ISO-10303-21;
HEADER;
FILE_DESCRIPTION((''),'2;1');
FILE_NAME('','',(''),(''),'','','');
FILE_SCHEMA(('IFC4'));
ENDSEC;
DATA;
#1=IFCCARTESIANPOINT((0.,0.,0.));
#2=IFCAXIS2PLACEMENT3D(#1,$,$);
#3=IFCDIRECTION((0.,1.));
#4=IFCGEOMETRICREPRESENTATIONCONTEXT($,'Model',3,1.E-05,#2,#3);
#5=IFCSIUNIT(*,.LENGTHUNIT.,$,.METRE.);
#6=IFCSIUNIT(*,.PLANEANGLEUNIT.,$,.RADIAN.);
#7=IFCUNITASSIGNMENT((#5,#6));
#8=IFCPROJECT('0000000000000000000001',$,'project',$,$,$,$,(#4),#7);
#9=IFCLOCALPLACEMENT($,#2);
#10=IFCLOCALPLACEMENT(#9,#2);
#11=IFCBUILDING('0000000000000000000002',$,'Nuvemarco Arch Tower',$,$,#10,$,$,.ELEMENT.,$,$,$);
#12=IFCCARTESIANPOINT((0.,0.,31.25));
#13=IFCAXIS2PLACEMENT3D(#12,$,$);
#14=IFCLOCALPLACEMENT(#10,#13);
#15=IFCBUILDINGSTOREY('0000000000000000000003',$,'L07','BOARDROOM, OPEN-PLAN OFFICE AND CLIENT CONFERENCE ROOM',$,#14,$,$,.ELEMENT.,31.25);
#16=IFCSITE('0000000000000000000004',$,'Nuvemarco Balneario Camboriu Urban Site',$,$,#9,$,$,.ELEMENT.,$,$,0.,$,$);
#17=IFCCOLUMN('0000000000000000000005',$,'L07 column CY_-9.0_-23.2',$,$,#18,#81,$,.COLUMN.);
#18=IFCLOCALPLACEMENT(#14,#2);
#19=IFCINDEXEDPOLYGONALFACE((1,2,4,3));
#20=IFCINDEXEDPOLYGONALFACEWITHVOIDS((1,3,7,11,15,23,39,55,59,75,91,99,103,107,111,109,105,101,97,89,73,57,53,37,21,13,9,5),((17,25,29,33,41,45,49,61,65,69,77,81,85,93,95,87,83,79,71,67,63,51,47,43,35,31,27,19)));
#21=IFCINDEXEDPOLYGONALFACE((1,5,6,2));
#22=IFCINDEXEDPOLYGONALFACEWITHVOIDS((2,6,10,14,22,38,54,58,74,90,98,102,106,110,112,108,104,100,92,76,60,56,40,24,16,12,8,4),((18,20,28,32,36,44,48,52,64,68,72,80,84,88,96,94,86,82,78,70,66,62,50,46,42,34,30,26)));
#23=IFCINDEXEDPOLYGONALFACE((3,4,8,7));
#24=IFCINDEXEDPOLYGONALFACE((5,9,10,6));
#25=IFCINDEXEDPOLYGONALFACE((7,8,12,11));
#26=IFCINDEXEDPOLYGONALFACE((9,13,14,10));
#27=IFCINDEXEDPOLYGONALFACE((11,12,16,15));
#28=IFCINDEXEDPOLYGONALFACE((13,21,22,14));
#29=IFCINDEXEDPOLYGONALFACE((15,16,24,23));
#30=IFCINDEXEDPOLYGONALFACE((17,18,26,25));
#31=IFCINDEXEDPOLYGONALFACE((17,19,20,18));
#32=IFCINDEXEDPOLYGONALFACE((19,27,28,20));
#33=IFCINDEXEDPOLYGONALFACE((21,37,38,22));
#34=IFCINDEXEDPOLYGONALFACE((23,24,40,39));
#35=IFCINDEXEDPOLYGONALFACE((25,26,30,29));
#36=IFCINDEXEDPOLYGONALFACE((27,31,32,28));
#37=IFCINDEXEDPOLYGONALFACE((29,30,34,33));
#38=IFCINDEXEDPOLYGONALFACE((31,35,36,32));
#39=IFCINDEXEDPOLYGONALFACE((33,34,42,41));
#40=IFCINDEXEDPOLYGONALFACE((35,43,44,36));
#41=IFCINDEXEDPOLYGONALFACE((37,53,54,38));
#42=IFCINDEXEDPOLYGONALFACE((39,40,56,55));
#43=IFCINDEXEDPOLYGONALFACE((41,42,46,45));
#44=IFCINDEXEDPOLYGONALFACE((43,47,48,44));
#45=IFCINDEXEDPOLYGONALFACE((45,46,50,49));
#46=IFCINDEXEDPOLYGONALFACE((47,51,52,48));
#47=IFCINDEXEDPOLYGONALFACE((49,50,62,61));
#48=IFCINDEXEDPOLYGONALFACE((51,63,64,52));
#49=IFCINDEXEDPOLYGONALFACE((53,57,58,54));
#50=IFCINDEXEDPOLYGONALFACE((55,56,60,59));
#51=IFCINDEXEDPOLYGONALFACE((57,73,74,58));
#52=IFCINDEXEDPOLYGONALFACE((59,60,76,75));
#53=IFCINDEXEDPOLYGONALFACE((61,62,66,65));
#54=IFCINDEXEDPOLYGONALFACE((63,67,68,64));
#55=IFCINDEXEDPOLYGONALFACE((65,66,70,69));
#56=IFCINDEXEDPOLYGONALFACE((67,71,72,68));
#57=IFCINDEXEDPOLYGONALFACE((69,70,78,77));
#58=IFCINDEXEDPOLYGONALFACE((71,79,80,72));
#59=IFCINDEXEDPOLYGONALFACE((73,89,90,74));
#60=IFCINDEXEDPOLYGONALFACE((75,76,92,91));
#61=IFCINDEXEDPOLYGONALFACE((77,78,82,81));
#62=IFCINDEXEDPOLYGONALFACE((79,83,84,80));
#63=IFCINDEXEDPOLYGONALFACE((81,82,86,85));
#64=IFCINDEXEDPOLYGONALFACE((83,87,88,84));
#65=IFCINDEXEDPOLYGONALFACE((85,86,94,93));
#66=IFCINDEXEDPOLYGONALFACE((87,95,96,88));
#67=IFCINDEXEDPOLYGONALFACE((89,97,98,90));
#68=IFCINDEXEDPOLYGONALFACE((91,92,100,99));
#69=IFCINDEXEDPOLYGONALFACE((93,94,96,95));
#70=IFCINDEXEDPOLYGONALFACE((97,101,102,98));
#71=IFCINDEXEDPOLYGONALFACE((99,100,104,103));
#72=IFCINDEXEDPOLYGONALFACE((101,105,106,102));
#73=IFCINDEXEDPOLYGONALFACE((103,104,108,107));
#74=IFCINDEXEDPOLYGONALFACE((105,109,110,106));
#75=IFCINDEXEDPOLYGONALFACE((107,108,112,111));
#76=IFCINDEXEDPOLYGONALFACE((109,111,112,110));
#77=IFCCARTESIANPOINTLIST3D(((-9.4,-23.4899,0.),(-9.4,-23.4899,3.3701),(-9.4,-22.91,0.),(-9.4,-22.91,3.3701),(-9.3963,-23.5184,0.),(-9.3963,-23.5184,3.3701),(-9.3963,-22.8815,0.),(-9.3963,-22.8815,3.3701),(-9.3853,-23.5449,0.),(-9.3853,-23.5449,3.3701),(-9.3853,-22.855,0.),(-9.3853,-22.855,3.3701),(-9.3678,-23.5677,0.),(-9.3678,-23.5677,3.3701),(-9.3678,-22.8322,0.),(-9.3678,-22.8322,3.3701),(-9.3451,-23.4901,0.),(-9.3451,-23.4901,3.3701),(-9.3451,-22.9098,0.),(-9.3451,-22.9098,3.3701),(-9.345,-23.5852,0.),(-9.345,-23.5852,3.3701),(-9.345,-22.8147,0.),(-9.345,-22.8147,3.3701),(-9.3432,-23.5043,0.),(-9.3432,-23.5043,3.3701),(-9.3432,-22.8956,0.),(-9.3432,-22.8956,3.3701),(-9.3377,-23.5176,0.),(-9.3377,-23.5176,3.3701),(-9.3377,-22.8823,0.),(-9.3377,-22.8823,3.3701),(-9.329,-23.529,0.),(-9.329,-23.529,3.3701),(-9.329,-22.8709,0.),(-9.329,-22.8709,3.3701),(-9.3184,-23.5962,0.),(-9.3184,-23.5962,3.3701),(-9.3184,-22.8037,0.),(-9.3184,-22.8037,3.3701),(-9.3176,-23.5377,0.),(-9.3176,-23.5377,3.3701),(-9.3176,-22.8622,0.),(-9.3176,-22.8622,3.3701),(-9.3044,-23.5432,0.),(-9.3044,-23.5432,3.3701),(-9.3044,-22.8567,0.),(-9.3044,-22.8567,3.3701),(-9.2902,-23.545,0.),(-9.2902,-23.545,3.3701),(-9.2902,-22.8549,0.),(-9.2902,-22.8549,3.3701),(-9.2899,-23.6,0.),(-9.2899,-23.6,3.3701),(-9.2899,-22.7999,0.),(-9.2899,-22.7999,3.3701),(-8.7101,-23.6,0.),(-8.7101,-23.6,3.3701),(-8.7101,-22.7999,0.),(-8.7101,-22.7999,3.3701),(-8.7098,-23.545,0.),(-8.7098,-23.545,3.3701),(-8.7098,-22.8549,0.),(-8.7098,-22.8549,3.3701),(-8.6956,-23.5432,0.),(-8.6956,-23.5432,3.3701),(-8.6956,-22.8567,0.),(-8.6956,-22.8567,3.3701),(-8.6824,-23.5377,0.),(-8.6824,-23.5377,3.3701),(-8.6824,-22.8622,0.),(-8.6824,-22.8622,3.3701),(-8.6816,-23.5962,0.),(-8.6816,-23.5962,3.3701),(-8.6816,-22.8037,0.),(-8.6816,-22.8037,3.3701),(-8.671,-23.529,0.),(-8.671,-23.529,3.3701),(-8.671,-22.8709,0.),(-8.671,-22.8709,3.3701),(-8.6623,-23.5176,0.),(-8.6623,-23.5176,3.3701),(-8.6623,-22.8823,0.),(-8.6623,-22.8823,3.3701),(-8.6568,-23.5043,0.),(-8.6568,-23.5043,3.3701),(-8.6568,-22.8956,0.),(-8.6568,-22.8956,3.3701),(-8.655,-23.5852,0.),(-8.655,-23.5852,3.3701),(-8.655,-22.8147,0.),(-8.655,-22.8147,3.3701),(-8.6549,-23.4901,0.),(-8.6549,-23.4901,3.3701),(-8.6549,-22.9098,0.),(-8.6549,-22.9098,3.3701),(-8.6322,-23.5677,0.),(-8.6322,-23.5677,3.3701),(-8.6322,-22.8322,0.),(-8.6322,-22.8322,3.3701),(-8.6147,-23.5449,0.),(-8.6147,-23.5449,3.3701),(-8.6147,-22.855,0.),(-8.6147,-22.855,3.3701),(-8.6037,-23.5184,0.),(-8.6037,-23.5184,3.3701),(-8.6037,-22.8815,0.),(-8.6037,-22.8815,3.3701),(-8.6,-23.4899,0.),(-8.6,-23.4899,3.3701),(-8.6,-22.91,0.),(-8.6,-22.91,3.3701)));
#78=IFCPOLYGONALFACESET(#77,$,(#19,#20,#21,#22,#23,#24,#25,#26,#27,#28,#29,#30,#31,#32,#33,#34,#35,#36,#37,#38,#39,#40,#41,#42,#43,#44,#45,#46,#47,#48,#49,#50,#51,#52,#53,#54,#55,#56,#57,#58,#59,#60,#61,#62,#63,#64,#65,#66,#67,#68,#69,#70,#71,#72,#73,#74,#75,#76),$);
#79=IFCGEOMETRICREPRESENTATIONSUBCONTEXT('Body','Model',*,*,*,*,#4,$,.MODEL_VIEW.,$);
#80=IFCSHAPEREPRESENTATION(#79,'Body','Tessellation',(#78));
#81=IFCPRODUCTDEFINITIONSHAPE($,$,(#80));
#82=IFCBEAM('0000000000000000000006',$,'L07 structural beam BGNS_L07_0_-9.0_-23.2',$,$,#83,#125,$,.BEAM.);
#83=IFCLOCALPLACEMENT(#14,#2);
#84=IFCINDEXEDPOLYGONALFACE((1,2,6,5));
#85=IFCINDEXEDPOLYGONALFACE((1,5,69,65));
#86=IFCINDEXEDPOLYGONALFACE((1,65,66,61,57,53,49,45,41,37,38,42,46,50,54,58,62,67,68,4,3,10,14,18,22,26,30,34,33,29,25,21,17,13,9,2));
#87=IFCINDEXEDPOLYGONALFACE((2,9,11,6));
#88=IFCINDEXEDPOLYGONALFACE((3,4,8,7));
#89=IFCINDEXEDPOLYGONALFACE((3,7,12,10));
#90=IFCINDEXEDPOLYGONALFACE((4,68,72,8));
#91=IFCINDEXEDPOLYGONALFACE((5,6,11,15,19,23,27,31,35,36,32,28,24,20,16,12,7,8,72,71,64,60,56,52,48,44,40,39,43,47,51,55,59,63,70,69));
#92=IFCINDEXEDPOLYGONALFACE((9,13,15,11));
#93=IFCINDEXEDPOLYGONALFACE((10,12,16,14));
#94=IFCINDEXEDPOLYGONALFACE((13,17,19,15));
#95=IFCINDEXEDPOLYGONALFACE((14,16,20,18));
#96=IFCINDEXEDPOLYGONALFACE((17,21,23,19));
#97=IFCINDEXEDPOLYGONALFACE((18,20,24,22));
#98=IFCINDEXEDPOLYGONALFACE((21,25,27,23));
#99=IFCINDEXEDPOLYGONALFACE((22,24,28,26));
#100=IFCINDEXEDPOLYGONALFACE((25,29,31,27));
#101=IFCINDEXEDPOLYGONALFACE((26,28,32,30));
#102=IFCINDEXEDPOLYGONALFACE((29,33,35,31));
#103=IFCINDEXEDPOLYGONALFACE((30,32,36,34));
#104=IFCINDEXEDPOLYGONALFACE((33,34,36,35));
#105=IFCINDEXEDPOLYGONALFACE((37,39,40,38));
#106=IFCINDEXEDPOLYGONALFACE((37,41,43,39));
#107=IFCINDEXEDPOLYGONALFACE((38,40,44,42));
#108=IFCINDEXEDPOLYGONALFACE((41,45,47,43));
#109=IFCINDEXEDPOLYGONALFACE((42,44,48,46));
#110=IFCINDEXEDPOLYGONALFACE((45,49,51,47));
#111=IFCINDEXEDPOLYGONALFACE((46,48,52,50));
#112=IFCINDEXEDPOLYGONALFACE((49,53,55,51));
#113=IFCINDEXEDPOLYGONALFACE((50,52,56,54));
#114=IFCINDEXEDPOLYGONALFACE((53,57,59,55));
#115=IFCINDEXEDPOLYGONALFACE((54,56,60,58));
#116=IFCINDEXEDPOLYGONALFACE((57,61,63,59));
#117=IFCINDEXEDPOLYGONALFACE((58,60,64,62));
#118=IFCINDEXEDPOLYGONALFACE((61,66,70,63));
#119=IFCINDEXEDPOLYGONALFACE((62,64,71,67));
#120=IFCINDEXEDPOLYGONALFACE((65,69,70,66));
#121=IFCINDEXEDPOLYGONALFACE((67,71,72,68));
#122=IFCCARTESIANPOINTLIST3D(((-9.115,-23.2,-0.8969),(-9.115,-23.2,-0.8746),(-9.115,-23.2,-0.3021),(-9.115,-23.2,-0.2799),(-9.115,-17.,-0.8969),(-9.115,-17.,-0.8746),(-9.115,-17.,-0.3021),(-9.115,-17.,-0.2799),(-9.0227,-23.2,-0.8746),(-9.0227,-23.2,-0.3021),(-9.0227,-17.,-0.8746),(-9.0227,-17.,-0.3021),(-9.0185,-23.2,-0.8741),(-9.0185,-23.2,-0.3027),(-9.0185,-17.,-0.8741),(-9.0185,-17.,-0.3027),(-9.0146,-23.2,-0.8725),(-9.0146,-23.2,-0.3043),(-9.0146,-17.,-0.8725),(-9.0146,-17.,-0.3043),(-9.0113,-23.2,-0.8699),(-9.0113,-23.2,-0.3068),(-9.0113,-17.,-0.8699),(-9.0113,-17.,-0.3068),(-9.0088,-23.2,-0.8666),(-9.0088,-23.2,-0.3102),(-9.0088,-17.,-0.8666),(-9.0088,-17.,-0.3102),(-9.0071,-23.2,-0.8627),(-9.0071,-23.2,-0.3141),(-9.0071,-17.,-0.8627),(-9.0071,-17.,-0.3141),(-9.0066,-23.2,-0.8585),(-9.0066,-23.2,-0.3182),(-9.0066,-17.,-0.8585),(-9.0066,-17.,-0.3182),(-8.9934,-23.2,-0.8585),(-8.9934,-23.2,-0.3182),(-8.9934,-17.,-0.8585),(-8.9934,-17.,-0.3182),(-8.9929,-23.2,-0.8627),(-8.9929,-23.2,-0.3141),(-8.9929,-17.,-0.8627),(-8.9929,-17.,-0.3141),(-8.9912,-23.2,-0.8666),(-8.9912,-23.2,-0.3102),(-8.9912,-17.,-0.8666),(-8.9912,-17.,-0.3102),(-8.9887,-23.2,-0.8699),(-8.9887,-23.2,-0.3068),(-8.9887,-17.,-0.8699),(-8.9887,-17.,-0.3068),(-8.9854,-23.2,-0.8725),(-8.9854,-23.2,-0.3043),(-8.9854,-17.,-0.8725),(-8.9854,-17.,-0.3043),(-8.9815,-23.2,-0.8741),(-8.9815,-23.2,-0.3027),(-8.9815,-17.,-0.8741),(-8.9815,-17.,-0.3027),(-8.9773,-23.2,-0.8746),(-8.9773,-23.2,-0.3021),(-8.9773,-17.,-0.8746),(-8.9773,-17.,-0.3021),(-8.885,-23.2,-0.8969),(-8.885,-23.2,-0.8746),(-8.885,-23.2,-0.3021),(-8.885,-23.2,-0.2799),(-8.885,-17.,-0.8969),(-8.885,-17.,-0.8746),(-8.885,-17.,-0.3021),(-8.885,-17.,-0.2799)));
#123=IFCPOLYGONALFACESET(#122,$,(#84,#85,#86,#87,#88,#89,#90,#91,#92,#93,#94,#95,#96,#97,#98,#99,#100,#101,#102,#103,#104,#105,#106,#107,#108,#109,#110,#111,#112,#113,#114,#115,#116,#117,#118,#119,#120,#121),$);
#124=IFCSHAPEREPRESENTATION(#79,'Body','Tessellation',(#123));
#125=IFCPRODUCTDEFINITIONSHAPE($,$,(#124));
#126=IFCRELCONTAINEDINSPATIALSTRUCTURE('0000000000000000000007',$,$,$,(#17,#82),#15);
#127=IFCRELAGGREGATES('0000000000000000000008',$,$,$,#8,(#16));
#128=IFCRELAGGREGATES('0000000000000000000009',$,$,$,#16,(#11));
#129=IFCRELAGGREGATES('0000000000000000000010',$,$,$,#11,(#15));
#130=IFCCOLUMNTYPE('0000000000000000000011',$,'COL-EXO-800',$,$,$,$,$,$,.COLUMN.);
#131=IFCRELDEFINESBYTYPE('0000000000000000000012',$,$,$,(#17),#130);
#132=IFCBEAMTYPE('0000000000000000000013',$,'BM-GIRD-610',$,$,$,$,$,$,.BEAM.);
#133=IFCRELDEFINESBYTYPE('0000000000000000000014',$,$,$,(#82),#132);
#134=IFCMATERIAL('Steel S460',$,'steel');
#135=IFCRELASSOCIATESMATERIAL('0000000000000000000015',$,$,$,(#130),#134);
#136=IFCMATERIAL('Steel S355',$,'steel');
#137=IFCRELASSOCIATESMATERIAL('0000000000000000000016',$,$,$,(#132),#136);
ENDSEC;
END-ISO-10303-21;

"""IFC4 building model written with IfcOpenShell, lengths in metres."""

from ifc_helpers import new_model, si_unit, direction, frame, origin, origin_2d, place, context, subcontext, project, spatial, hollow_rectangle, i_section, extrude, material, material_profile, profile_set, type_object, element, save


model = new_model("IFC4")

# Units and contexts
model_context = context("Model", 3, precision=1e-05, world=origin(), true_north=direction((0.0, 1.0)))
body_context = subcontext(model_context, "Body", "Model", "MODEL_VIEW")
ifc_project = project(units=[si_unit("LENGTHUNIT", "METRE"), si_unit("PLANEANGLEUNIT", "RADIAN")], contexts=[model_context])

# Site, building, storey
site_placement = place(None, origin())
site = spatial("IfcSite", under=ifc_project, at=site_placement, Name="Nuvemarco Balneario Camboriu Urban Site", CompositionType="ELEMENT", RefElevation=0.0)
building_placement = place(site_placement, origin())
building = spatial("IfcBuilding", under=site, at=building_placement, Name="Nuvemarco Arch Tower", CompositionType="ELEMENT")
storey_placement = place(building_placement, frame((0.0, 0.0, 31.25)))
storey = spatial("IfcBuildingStorey", under=building, at=storey_placement, Name="L07", Description="BOARDROOM, OPEN-PLAN OFFICE AND CLIENT CONFERENCE ROOM", CompositionType="ELEMENT", Elevation=31.25)

# Column
ifc_material_1 = material(Name="Steel S460", Category="steel")
ifc_material_profile_1 = material_profile(ifc_material_1, hollow_rectangle(XDim=0.8, YDim=0.8, WallThickness=0.0549, InnerFilletRadius=0.0549, OuterFilletRadius=0.1101, at=origin_2d()), Name="SHS800x800x55")
ifc_profile_set_1 = profile_set([ifc_material_profile_1], Name="Steel S460")
column_type = type_object("IfcColumnType", Name="COL-EXO-800", PredefinedType="COLUMN", material=ifc_profile_set_1)
column_placement = place(storey_placement, frame((-9.0, -23.2, 0.0), z_axis=(0.0, 0.0, 1.0), x_axis=(1.0, 0.0, 0.0)))
element("IfcColumn", 1, at=column_placement, inside=storey, type_object=column_type, Name="L07 column CY_-9.0_-23.2", PredefinedType="COLUMN", context=body_context, shape_type="SweptSolid", body=[
    extrude(hollow_rectangle(XDim=0.8, YDim=0.8, WallThickness=0.0549, InnerFilletRadius=0.0549, OuterFilletRadius=0.1101, at=origin_2d()), origin(), (0.0, 0.0, 1.0), 3.3701),
])

# Beam
ifc_material_2 = material(Name="Steel S355", Category="steel")
ifc_material_profile_2 = material_profile(ifc_material_2, i_section(OverallWidth=0.23, OverallDepth=0.6169, WebThickness=0.0132, FlangeThickness=0.0222, FilletRadius=0.0161, at=origin_2d()), Name="W610x140")
ifc_profile_set_2 = profile_set([ifc_material_profile_2], Name="Steel S355")
beam_type = type_object("IfcBeamType", Name="BM-GIRD-610", PredefinedType="BEAM", material=ifc_profile_set_2)
beam_placement = place(storey_placement, frame((-9.0, -23.2, -0.5884), z_axis=(0.0, 1.0, 0.0), x_axis=(-1.0, 0.0, 0.0)))
element("IfcBeam", 2, at=beam_placement, inside=storey, type_object=beam_type, Name="L07 structural beam BGNS_L07_0_-9.0_-23.2", PredefinedType="BEAM", context=body_context, shape_type="SweptSolid", body=[
    extrude(i_section(OverallWidth=0.23, OverallDepth=0.6169, WebThickness=0.0132, FlangeThickness=0.0222, FilletRadius=0.0161, at=origin_2d()), origin(), (0.0, 0.0, 1.0), 6.2),
])

save(model, "model.ifc")
